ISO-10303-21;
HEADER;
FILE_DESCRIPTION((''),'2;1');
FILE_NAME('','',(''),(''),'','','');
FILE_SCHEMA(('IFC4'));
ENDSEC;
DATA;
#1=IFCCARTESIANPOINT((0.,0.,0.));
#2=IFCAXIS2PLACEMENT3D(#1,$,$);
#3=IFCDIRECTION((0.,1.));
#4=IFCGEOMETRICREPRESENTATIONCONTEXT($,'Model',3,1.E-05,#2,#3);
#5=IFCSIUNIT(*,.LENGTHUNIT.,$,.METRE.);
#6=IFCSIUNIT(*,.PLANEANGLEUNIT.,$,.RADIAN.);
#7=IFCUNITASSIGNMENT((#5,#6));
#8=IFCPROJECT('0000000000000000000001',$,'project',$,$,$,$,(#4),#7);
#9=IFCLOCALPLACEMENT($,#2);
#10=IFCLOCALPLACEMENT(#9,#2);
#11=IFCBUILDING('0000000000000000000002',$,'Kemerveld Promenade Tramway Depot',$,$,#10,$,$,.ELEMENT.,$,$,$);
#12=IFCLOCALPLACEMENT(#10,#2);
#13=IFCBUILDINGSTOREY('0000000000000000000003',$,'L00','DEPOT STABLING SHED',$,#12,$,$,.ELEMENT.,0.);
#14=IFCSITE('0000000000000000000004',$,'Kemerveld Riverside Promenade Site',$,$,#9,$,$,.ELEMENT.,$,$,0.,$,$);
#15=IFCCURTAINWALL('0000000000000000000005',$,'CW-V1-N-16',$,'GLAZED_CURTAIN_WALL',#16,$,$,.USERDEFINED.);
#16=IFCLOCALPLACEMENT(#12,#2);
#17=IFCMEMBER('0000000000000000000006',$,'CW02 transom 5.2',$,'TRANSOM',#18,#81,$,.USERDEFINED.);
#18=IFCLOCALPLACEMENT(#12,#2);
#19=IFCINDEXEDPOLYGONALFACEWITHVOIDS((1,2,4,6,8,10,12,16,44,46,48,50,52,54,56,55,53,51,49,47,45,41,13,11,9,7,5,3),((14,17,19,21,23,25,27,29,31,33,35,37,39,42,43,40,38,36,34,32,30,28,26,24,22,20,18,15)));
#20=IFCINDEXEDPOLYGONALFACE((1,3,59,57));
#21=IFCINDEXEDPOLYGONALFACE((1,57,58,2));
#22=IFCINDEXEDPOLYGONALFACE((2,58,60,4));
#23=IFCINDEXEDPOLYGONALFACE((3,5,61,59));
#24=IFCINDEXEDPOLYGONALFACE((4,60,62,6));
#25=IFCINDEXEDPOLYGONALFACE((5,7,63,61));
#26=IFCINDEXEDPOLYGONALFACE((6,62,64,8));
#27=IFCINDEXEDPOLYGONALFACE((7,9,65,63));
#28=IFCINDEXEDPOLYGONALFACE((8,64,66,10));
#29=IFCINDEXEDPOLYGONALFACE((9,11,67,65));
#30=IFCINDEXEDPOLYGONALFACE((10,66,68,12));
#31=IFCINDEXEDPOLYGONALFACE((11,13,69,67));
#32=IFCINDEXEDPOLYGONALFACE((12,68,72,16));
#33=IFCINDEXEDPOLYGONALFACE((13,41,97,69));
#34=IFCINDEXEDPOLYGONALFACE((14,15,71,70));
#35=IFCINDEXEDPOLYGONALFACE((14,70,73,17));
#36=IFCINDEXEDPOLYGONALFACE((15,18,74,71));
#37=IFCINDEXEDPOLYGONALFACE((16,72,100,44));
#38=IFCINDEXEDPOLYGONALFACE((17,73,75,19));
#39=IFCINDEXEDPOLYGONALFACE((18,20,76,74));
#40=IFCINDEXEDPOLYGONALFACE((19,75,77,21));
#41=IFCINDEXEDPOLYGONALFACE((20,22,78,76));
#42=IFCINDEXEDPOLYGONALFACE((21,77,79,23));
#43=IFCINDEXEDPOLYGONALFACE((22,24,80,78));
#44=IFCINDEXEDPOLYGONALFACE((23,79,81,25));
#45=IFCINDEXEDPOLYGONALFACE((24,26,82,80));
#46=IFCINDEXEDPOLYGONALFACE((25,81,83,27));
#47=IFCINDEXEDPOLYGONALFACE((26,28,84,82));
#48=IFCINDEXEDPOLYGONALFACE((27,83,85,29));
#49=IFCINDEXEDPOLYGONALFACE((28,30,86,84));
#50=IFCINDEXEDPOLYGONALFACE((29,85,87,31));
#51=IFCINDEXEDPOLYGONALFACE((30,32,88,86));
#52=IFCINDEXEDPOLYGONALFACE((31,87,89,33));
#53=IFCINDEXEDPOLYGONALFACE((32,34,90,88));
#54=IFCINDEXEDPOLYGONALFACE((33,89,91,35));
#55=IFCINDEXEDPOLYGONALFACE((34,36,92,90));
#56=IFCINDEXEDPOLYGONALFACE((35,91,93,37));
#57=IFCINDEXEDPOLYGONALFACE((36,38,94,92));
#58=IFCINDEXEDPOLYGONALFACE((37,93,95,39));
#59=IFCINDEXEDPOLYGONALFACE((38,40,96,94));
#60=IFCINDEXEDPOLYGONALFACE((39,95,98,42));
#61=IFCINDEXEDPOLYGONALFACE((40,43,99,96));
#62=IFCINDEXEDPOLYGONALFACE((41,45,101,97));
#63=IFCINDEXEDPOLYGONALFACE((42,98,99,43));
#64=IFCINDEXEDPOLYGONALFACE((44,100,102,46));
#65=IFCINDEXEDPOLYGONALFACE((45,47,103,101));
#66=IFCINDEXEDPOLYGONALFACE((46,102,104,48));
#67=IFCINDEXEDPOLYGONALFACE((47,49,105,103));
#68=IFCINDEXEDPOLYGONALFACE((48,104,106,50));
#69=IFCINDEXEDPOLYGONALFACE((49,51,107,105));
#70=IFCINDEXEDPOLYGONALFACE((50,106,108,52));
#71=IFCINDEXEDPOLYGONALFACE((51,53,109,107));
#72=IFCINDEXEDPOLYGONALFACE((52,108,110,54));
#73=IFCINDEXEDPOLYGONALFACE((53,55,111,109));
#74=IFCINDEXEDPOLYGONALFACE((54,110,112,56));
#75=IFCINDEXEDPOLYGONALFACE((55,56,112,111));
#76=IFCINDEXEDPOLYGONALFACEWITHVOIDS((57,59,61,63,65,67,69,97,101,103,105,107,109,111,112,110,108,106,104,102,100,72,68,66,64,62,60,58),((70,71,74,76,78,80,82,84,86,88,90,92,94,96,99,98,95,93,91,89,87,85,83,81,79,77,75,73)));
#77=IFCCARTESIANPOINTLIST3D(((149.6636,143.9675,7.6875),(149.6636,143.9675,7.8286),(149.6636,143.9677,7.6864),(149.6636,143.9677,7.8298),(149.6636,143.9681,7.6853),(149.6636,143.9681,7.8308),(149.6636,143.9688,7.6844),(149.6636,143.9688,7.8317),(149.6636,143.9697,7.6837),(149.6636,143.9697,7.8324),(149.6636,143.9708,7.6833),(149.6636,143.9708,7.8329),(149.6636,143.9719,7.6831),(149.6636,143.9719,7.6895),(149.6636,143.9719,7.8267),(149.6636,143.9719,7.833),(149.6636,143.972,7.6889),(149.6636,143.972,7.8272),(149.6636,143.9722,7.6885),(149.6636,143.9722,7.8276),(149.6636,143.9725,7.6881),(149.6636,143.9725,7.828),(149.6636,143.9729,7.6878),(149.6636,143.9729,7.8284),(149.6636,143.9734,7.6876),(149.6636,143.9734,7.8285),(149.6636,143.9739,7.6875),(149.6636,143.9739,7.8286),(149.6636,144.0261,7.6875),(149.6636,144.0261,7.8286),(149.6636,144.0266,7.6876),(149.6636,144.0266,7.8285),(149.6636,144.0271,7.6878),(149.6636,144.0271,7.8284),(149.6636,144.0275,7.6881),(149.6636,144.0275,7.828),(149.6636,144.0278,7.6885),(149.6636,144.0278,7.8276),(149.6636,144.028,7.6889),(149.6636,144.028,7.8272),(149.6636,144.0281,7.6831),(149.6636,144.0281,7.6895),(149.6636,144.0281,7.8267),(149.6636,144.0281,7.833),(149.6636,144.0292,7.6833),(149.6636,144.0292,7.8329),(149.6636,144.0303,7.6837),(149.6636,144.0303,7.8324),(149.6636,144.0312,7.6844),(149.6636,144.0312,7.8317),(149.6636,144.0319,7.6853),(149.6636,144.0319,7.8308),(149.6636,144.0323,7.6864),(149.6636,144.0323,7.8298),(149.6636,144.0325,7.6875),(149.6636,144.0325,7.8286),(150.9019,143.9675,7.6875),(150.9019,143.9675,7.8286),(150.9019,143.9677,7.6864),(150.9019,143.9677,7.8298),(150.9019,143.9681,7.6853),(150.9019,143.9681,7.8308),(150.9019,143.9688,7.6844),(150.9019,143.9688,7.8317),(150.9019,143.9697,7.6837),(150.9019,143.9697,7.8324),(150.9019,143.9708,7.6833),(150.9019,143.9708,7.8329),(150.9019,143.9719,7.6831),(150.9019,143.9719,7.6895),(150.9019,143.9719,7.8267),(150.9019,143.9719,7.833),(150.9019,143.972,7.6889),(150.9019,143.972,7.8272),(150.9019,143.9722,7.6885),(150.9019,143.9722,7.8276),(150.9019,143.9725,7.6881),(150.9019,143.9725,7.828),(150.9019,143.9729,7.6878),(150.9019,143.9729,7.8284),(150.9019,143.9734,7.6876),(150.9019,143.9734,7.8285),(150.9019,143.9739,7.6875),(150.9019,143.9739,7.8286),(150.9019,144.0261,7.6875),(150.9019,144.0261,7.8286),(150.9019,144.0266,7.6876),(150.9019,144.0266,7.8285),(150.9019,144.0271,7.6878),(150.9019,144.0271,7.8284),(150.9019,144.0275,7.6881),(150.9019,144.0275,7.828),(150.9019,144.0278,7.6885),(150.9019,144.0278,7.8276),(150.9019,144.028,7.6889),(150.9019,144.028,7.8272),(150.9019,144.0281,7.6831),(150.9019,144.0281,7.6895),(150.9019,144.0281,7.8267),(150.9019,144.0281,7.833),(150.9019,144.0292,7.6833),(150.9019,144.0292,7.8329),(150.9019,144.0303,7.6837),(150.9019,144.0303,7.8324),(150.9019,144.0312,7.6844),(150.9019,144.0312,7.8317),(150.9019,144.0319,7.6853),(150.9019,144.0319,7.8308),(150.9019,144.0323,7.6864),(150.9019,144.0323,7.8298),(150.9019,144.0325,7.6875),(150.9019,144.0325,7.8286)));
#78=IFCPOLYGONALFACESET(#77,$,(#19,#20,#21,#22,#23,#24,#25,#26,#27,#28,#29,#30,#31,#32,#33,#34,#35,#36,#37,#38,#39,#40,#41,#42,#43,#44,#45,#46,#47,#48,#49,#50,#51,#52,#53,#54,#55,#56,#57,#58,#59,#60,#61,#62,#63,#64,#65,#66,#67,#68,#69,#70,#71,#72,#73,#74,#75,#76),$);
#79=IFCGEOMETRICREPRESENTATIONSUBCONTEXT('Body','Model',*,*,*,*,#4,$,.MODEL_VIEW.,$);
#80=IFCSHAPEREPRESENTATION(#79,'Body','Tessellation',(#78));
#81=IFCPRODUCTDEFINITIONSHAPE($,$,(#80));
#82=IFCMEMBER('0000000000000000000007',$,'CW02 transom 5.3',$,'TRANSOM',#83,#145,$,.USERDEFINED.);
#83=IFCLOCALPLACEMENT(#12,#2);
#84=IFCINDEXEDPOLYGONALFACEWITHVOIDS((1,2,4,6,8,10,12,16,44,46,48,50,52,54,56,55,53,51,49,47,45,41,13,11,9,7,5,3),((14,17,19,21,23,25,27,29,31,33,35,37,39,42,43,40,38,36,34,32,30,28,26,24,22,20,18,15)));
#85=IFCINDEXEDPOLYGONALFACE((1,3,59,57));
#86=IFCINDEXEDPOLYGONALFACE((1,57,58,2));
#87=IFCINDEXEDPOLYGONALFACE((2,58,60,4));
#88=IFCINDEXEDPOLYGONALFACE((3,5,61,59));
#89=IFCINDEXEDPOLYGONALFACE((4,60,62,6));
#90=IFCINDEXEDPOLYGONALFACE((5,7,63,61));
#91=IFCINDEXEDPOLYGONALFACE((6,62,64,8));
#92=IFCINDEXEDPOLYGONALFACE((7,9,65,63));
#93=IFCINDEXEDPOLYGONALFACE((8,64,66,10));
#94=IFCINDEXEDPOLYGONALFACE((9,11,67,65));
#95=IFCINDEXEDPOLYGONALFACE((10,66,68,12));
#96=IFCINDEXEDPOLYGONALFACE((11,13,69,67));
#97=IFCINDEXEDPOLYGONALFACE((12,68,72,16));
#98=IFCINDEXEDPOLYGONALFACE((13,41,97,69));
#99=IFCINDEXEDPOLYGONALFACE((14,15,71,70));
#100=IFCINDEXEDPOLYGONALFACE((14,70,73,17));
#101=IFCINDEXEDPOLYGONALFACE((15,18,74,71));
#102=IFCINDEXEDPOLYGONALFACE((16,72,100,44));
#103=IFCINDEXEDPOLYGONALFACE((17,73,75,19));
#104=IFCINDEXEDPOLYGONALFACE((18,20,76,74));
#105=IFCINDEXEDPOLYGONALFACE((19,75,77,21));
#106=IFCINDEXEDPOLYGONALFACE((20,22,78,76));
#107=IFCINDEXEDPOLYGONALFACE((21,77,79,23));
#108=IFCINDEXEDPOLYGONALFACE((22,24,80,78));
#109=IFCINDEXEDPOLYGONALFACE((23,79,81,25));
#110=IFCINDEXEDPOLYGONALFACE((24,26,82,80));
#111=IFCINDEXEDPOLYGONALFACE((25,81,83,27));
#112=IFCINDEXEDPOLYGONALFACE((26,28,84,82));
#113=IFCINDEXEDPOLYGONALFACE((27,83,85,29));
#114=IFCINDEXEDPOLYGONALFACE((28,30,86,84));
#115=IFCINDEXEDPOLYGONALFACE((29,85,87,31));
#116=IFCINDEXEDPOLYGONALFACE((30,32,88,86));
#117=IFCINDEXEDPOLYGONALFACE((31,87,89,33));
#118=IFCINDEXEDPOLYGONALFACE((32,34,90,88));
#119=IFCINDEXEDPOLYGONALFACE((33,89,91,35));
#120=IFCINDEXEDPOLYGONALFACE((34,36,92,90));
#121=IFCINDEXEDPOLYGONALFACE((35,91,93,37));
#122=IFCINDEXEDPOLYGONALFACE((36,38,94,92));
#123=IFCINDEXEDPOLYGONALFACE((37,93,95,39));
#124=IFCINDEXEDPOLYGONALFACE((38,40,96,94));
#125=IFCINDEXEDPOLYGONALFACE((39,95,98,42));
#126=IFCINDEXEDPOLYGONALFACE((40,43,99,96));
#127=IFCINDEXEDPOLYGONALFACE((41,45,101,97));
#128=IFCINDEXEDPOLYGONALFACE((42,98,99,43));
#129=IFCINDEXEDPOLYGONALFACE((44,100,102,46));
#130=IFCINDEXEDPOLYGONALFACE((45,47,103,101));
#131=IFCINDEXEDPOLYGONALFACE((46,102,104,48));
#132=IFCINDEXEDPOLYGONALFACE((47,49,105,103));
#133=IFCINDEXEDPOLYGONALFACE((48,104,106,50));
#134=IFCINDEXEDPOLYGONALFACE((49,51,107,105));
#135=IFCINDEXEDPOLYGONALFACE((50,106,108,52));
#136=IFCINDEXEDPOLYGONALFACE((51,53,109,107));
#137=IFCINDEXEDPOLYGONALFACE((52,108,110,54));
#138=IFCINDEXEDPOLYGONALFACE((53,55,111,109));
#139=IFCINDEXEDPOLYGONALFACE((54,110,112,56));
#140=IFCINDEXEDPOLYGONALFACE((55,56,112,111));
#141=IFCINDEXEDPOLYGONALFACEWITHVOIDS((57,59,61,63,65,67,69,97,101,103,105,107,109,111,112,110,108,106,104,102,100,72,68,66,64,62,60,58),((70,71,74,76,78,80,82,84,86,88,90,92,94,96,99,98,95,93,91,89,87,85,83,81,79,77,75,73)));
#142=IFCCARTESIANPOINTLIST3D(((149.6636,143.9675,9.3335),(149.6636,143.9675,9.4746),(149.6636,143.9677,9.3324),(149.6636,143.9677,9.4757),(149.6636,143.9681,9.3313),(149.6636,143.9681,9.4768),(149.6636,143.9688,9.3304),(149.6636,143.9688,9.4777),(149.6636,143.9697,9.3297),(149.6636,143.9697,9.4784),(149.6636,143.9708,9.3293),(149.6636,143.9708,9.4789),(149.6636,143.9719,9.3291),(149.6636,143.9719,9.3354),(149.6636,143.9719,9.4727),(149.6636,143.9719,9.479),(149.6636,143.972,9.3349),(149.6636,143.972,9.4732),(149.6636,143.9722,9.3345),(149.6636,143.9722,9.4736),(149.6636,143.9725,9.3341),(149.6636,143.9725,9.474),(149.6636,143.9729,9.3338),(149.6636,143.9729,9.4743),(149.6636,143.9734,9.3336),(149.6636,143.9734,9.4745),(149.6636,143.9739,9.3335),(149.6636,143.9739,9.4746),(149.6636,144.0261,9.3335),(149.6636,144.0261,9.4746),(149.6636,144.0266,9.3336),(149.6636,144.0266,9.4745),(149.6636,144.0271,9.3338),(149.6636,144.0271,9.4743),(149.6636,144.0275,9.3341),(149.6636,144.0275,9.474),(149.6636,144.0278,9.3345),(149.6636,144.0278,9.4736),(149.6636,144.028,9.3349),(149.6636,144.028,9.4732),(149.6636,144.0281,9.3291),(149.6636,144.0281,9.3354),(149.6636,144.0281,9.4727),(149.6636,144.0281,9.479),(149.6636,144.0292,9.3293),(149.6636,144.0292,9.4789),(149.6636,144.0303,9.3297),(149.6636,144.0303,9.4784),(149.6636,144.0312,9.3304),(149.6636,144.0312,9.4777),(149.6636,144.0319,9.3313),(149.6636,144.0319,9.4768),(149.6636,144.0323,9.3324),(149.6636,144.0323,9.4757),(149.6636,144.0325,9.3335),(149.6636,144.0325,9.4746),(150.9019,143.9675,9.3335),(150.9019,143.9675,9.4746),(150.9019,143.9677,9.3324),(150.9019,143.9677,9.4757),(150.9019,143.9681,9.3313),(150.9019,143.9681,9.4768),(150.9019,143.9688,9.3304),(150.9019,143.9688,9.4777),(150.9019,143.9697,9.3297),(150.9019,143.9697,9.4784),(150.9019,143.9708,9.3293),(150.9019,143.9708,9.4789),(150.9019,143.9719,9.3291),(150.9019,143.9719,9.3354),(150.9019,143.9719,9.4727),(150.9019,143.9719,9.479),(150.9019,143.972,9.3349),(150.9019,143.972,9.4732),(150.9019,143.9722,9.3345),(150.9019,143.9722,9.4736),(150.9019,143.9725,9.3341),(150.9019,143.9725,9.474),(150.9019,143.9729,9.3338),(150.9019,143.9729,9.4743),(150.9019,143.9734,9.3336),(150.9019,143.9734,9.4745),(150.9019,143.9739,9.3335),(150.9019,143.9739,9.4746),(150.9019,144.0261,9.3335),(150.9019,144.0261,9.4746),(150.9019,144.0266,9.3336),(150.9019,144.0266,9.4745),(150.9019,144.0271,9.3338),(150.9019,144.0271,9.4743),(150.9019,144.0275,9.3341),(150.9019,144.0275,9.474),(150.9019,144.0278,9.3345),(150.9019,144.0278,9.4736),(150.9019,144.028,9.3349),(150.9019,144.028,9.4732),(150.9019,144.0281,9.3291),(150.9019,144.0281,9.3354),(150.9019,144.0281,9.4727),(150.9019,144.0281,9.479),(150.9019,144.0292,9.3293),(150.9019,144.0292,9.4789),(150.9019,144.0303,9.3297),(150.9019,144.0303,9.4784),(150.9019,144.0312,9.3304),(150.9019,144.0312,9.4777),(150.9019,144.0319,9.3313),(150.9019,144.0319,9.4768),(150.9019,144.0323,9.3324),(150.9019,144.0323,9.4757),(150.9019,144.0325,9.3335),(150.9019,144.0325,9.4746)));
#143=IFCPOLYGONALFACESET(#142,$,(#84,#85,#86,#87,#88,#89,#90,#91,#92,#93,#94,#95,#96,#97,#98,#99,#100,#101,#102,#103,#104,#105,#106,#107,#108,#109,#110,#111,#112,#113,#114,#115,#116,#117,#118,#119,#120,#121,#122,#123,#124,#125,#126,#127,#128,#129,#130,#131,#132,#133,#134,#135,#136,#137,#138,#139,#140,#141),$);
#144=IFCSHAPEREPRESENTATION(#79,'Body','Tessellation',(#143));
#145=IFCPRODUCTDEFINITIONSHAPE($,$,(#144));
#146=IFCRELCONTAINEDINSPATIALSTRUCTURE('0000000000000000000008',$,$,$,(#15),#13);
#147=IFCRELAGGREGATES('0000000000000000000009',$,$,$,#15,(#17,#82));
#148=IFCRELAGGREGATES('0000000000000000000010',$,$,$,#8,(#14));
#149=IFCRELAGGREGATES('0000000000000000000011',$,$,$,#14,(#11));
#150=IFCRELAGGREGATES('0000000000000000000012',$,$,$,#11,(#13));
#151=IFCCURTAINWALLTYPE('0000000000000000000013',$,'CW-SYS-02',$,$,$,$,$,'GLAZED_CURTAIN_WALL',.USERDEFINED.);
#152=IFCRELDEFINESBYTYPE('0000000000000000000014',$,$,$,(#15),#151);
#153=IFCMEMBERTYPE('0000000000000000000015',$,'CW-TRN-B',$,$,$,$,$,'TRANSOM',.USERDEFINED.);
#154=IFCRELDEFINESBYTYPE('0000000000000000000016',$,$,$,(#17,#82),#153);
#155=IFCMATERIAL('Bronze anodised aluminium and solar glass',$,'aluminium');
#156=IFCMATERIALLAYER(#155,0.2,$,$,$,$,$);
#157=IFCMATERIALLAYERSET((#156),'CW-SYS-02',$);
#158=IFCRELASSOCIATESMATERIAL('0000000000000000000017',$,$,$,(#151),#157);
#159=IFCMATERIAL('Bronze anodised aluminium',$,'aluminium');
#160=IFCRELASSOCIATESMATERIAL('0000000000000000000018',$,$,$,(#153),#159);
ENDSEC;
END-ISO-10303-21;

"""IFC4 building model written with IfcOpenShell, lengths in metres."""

from ifc_helpers import new_model, si_unit, direction, frame, origin, origin_2d, place, context, subcontext, project, spatial, hollow_rectangle, extrude, material, layer, layer_set, material_profile, profile_set, type_object, element, aggregate, save


model = new_model("IFC4")

# Units and contexts
model_context = context("Model", 3, precision=1e-05, world=origin(), true_north=direction((0.0, 1.0)))
body_context = subcontext(model_context, "Body", "Model", "MODEL_VIEW")
ifc_project = project(units=[si_unit("LENGTHUNIT", "METRE"), si_unit("PLANEANGLEUNIT", "RADIAN")], contexts=[model_context])

# Site, building, storey
site_placement = place(None, origin())
site = spatial("IfcSite", under=ifc_project, at=site_placement, Name="Kemerveld Riverside Promenade Site", CompositionType="ELEMENT", RefElevation=0.0)
building_placement = place(site_placement, origin())
building = spatial("IfcBuilding", under=site, at=building_placement, Name="Kemerveld Promenade Tramway Depot", CompositionType="ELEMENT")
storey_placement = place(building_placement, origin())
storey = spatial("IfcBuildingStorey", under=building, at=storey_placement, Name="L00", Description="DEPOT STABLING SHED", CompositionType="ELEMENT", Elevation=0.0)

# Curtain wall, members
ifc_material_1 = material(Name="Bronze anodised aluminium and solar glass", Category="aluminium")
ifc_layer_1 = layer(ifc_material_1, 0.2)
ifc_layer_set_1 = layer_set([ifc_layer_1], Name="CW-SYS-02")
curtain_wall_type = type_object("IfcCurtainWallType", Name="CW-SYS-02", ElementType="GLAZED_CURTAIN_WALL", PredefinedType="USERDEFINED", material=ifc_layer_set_1)
curtain_wall_placement = place(storey_placement, origin())
curtain_wall = element("IfcCurtainWall", 1, at=curtain_wall_placement, inside=storey, type_object=curtain_wall_type, Name="CW-V1-N-16", ObjectType="GLAZED_CURTAIN_WALL", PredefinedType="USERDEFINED")
ifc_material_2 = material(Name="Bronze anodised aluminium", Category="aluminium")
ifc_material_profile_1 = material_profile(ifc_material_2, hollow_rectangle(XDim=0.0649, YDim=0.1499, WallThickness=0.0044, InnerFilletRadius=0.002, OuterFilletRadius=0.0044, at=origin_2d()), Name="CW-TRN-150x65")
ifc_profile_set_1 = profile_set([ifc_material_profile_1], Name="Bronze anodised aluminium")
member_type_1 = type_object("IfcMemberType", Name="CW-TRN-B", ElementType="TRANSOM", PredefinedType="USERDEFINED", material=ifc_profile_set_1)
member_1_placement = place(storey_placement, frame((149.6636, 144.0, 7.7581), z_axis=(1.0, 0.0, 0.0), x_axis=(0.0, 1.0, 0.0)))
member_1 = element("IfcMember", 2, at=member_1_placement, type_object=member_type_1, Name="CW02 transom 5.2", ObjectType="TRANSOM", PredefinedType="USERDEFINED", context=body_context, shape_type="SweptSolid", body=[
    extrude(hollow_rectangle(XDim=0.0649, YDim=0.1499, WallThickness=0.0044, InnerFilletRadius=0.002, OuterFilletRadius=0.0044, at=origin_2d()), origin(), (0.0, 0.0, 1.0), 1.2383),
])
member_2_placement = place(storey_placement, frame((149.6636, 144.0, 9.4041), z_axis=(1.0, 0.0, 0.0), x_axis=(0.0, 1.0, 0.0)))
member_2 = element("IfcMember", 3, at=member_2_placement, type_object=member_type_1, Name="CW02 transom 5.3", ObjectType="TRANSOM", PredefinedType="USERDEFINED", context=body_context, shape_type="SweptSolid", body=[
    extrude(hollow_rectangle(XDim=0.0649, YDim=0.1499, WallThickness=0.0044, InnerFilletRadius=0.002, OuterFilletRadius=0.0044, at=origin_2d()), origin(), (0.0, 0.0, 1.0), 1.2383),
])

aggregate(curtain_wall, [member_1, member_2])

save(model, "model.ifc")
